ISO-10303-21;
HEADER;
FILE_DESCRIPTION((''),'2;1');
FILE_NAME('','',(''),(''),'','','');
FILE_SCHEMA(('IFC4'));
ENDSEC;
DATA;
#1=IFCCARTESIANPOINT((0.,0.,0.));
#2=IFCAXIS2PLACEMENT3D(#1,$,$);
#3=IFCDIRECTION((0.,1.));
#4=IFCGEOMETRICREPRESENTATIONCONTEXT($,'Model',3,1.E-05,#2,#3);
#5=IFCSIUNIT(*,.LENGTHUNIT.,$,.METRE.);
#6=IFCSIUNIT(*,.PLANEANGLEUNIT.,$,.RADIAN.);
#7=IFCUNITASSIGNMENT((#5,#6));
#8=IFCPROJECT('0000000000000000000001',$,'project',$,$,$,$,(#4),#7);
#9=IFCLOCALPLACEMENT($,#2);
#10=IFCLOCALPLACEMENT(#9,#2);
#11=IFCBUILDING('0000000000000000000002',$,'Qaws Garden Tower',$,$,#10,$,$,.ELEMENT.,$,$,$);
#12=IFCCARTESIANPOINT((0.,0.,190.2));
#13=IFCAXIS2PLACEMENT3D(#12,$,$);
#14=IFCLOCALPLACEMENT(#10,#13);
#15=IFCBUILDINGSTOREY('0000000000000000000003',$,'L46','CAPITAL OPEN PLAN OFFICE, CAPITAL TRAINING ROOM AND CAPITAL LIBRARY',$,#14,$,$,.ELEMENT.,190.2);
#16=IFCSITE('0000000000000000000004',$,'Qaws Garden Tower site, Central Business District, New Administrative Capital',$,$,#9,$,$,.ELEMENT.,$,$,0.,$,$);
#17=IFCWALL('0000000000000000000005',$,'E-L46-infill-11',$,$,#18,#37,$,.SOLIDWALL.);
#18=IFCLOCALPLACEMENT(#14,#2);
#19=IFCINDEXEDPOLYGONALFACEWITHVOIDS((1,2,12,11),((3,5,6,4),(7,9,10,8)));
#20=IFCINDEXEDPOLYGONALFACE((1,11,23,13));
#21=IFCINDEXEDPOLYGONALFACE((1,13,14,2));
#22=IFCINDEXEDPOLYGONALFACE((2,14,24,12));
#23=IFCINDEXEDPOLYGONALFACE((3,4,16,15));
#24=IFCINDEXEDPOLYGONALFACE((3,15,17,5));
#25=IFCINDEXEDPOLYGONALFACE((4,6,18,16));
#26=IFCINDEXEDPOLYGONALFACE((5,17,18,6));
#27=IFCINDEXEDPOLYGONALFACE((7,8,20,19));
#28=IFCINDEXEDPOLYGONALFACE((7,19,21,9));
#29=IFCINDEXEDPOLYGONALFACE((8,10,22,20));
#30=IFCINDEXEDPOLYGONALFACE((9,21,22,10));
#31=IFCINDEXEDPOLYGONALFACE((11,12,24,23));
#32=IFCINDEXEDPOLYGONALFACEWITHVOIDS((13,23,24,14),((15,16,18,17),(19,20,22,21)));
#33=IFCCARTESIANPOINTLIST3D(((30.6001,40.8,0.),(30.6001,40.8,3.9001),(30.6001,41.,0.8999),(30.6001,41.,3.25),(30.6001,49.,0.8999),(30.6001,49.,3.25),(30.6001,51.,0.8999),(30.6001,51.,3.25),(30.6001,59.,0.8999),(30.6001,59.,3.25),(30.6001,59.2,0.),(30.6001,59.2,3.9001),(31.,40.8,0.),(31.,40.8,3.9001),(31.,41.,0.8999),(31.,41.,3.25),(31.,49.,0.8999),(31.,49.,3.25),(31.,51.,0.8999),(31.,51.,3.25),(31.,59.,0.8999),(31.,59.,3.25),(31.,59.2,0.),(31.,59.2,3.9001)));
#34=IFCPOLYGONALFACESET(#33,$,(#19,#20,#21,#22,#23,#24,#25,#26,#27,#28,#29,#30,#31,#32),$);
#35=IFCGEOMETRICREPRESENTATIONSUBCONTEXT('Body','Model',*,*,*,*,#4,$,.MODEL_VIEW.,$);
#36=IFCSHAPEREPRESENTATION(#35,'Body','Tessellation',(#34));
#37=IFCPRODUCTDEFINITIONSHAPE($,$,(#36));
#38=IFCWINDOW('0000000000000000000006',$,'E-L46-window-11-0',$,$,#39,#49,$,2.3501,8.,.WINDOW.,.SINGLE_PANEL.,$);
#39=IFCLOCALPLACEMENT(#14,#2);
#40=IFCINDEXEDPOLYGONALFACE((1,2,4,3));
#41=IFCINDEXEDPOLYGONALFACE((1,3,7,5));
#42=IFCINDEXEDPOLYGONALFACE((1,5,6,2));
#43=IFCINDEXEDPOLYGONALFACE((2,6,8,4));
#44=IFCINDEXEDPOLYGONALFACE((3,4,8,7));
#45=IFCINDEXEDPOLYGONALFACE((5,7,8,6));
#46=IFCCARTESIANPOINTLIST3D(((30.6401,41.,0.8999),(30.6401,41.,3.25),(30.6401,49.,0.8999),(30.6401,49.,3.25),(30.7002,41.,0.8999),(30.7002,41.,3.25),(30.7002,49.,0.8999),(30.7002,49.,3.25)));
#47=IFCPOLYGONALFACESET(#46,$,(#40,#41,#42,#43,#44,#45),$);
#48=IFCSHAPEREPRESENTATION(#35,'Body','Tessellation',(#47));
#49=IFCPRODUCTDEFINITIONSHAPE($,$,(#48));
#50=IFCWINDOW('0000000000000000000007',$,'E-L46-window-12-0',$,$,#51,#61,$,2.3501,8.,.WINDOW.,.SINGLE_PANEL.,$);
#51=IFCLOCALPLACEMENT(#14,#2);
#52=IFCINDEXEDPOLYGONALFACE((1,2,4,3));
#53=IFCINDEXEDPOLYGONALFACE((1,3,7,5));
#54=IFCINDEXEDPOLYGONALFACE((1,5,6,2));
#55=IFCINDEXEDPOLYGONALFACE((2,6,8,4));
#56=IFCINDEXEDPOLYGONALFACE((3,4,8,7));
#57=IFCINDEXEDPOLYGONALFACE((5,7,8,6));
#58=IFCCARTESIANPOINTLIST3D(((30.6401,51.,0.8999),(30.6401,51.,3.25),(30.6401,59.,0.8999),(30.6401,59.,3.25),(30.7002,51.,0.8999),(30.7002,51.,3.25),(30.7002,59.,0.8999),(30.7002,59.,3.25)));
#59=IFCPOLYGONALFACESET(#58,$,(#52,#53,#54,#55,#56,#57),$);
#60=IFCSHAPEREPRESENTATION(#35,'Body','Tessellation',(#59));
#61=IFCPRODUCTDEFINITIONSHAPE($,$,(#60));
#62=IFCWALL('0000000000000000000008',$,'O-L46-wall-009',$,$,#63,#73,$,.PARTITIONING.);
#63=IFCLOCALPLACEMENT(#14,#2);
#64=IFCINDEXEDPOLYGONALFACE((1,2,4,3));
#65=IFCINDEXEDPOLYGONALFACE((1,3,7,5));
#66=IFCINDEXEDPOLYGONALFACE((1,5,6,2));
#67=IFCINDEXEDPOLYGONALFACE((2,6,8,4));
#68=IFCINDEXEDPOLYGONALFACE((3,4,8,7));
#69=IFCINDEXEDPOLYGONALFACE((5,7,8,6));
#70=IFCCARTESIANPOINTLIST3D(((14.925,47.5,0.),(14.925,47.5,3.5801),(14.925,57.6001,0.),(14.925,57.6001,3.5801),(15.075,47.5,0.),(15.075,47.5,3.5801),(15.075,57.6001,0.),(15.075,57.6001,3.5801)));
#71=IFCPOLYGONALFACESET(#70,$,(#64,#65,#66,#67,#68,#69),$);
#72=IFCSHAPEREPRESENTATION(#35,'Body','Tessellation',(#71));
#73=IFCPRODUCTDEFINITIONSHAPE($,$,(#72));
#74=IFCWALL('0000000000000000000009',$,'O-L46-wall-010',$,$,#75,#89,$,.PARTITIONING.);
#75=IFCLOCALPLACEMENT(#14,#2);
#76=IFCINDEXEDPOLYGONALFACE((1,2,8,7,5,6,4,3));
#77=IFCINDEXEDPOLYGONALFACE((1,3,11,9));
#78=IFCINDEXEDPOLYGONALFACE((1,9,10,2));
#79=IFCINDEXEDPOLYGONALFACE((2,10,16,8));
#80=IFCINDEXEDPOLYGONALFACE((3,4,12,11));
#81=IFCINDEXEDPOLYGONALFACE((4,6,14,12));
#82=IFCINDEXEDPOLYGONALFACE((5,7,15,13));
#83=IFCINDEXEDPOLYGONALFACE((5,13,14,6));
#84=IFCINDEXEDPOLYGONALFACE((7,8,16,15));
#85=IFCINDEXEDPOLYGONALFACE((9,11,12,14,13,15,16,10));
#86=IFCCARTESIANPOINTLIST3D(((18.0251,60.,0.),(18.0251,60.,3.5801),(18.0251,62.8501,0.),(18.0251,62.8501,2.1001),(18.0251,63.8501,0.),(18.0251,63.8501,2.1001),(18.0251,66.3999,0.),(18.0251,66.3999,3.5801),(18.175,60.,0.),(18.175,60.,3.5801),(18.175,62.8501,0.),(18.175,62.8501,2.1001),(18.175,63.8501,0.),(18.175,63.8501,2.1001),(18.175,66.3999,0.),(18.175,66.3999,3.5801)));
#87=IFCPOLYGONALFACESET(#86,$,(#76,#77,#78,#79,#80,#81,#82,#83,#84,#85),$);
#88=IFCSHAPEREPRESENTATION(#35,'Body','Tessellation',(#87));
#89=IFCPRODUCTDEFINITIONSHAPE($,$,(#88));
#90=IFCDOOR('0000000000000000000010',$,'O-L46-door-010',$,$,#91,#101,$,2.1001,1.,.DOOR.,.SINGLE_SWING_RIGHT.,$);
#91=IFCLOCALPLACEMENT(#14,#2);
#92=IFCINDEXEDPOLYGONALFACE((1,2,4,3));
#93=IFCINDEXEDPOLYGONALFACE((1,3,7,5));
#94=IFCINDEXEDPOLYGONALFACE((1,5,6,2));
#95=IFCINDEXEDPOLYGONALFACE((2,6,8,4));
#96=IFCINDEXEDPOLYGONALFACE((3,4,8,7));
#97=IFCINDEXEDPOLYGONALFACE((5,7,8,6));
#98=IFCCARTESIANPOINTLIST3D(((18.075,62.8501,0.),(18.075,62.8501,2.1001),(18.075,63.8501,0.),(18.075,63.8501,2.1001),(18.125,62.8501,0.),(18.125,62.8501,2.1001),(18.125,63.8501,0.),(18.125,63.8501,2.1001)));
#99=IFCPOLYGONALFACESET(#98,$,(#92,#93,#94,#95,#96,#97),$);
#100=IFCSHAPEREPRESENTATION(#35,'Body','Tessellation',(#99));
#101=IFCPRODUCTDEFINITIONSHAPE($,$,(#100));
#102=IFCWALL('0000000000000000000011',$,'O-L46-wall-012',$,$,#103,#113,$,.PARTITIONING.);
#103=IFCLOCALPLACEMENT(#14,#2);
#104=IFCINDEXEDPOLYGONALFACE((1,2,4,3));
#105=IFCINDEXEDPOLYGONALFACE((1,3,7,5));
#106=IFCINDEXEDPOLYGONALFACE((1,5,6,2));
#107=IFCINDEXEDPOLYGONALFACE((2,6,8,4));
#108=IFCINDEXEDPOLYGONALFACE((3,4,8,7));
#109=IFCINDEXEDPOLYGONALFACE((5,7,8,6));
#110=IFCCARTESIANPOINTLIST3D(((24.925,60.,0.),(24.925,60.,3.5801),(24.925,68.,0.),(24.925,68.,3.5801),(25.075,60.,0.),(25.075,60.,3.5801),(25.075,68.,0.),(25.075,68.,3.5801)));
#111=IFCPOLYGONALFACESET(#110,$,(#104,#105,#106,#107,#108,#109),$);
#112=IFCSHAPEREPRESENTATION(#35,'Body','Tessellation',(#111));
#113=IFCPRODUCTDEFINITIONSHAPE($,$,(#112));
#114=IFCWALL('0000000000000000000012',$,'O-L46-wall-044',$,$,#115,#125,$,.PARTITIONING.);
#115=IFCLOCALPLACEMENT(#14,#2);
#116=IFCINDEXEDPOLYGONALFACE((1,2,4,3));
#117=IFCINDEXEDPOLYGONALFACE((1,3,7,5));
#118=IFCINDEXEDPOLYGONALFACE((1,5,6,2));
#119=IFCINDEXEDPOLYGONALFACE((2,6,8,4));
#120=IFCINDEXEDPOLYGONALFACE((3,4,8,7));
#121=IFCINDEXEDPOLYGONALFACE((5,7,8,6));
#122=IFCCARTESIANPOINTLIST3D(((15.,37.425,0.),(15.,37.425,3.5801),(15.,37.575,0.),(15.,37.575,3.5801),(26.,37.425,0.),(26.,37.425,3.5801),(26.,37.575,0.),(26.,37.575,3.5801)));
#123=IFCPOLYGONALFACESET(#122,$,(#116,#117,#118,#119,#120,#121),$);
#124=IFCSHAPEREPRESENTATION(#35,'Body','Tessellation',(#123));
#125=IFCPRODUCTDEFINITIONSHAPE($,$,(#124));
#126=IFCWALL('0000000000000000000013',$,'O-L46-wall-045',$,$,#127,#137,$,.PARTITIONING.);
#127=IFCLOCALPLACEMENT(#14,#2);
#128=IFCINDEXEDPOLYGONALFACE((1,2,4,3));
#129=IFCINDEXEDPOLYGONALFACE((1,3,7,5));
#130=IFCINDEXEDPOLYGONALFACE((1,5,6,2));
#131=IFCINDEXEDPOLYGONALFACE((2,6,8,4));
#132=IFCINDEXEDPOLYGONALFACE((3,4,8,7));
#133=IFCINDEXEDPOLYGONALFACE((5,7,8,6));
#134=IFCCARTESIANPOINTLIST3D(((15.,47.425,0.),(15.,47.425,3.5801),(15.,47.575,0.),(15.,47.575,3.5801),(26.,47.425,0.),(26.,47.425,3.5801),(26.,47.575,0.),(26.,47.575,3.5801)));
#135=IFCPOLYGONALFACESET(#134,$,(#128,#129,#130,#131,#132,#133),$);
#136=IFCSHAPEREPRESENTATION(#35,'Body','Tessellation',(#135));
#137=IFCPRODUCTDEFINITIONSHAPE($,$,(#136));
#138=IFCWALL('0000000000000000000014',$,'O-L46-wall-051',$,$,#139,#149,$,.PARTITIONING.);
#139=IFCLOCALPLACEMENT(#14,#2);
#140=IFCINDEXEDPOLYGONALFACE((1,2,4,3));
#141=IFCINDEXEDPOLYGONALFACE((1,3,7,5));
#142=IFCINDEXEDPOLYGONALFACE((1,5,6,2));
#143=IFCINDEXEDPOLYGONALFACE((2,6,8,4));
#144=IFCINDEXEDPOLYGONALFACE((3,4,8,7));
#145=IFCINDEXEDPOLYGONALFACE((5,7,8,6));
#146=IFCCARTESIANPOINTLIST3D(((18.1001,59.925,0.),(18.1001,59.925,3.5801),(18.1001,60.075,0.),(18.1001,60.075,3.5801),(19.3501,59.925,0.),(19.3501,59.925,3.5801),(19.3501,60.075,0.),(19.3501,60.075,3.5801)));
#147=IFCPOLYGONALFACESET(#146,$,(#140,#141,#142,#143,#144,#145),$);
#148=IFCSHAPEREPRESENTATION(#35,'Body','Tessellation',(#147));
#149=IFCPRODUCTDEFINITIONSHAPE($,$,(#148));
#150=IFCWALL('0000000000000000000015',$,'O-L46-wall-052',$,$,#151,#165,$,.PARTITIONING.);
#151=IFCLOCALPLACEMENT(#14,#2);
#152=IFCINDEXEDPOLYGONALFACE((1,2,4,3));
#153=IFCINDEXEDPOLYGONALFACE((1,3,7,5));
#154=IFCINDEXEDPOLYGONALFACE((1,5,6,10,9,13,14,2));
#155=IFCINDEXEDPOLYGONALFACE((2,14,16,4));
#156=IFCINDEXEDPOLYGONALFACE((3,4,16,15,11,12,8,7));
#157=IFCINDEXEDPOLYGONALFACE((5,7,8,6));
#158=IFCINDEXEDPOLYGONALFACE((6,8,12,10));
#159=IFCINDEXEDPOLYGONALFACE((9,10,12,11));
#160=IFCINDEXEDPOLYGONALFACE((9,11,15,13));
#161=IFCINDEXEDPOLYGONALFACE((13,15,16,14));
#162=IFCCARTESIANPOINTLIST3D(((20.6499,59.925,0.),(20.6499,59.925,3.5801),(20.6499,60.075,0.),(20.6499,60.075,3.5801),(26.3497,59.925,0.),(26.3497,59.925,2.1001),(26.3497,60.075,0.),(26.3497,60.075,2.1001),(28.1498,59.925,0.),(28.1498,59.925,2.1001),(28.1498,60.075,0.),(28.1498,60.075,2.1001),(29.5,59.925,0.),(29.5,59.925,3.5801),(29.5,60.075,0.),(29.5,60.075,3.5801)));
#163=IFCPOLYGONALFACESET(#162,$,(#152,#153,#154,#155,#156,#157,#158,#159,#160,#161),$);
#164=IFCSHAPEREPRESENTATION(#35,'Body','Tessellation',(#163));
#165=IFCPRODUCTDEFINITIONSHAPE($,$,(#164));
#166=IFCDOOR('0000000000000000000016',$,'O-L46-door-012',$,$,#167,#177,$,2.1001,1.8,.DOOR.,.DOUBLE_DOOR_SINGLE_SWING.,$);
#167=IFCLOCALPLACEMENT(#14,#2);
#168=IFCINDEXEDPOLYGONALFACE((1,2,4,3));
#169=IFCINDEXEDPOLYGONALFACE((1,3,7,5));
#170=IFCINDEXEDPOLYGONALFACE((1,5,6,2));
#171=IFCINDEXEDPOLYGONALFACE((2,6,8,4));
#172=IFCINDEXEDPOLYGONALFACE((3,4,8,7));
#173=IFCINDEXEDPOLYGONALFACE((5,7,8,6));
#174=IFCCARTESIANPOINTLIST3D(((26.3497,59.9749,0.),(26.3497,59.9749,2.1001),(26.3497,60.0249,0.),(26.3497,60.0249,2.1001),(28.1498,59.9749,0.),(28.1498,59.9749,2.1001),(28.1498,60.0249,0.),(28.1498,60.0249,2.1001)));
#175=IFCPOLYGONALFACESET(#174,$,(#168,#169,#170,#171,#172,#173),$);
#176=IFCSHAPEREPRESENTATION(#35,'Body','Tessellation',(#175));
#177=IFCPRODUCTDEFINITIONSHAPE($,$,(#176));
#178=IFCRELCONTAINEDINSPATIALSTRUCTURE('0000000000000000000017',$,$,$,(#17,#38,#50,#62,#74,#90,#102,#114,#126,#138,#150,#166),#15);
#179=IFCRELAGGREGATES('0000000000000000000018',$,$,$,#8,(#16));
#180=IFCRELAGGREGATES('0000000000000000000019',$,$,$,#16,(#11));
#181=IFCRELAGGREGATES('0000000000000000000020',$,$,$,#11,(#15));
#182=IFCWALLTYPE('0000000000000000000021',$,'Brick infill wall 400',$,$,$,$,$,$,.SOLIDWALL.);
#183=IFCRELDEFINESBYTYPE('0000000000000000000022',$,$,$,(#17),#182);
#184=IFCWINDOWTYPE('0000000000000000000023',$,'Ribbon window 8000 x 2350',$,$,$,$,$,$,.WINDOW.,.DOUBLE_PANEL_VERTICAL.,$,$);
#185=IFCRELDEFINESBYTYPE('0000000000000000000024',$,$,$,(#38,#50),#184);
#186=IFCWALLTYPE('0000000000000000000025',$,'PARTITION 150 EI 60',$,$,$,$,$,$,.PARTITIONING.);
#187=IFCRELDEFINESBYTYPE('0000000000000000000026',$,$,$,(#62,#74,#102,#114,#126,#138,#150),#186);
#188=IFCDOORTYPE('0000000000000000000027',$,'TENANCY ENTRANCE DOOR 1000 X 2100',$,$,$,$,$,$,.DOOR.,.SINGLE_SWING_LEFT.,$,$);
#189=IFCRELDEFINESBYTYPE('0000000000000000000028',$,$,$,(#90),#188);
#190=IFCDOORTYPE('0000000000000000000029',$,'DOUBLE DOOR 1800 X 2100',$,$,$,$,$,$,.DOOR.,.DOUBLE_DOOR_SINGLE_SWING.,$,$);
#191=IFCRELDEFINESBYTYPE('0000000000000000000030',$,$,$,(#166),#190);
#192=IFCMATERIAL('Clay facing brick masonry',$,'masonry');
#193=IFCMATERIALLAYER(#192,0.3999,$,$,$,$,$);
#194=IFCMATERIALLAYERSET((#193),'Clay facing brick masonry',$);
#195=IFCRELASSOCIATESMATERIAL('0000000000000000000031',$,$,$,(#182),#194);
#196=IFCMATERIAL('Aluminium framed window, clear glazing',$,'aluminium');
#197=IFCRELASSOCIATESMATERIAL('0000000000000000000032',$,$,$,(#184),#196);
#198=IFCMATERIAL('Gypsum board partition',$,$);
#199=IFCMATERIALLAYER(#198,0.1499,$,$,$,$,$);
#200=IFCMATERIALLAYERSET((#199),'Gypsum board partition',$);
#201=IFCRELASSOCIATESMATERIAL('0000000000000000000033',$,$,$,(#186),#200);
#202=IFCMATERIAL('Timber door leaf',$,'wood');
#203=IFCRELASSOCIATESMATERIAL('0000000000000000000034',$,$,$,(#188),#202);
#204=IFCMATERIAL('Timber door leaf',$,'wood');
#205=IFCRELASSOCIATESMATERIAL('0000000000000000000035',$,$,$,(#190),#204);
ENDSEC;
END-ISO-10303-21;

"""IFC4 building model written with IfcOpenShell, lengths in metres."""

from ifc_helpers import new_model, si_unit, direction, frame, frame_2d, origin, place, context, subcontext, project, spatial, rectangle, extrude, material, layer, layer_set, type_object, element, fill, save


model = new_model("IFC4")

# Units and contexts
model_context = context("Model", 3, precision=1e-05, world=origin(), true_north=direction((0.0, 1.0)))
body_context = subcontext(model_context, "Body", "Model", "MODEL_VIEW")
ifc_project = project(units=[si_unit("LENGTHUNIT", "METRE"), si_unit("PLANEANGLEUNIT", "RADIAN")], contexts=[model_context])

# Site, building, storey
site_placement = place(None, origin())
site = spatial("IfcSite", under=ifc_project, at=site_placement, Name="Qaws Garden Tower site, Central Business District, New Administrative Capital", CompositionType="ELEMENT", RefElevation=0.0)
building_placement = place(site_placement, origin())
building = spatial("IfcBuilding", under=site, at=building_placement, Name="Qaws Garden Tower", CompositionType="ELEMENT")
storey_placement = place(building_placement, frame((0.0, 0.0, 190.2)))
storey = spatial("IfcBuildingStorey", under=building, at=storey_placement, Name="L46", Description="CAPITAL OPEN PLAN OFFICE, CAPITAL TRAINING ROOM AND CAPITAL LIBRARY", CompositionType="ELEMENT", Elevation=190.2)

# Shared definitions
ifc_material_1 = material(Name="Clay facing brick masonry", Category="masonry")
ifc_layer_1 = layer(ifc_material_1, 0.3999)
ifc_layer_set_1 = layer_set([ifc_layer_1], Name="Clay facing brick masonry")
wall_type_1 = type_object("IfcWallType", Name="Brick infill wall 400", PredefinedType="SOLIDWALL", material=ifc_layer_set_1)

# Wall, openings, windows
wall_1_placement = place(storey_placement, frame((30.8, 40.8, 0.0), z_axis=(0.0, 0.0, 1.0), x_axis=(0.0, 1.0, 0.0)))
wall_1 = element("IfcWall", 1, at=wall_1_placement, inside=storey, type_object=wall_type_1, Name="E-L46-infill-11", PredefinedType="SOLIDWALL", context=body_context, shape_type="SweptSolid", body=[
    extrude(rectangle(XDim=18.3999, YDim=0.3999, at=frame_2d((9.2, 0.0))), origin(), (0.0, 0.0, 1.0), 3.9001),
])
opening_1_placement = place(wall_1_placement, frame((0.2, 0.0, 0.8999)))
opening_1 = element("IfcOpeningElement", 2, at=opening_1_placement, cuts=wall_1, PredefinedType="OPENING", context=body_context, shape_type="SweptSolid", body=[
    extrude(rectangle(XDim=8.0, YDim=2.3501, at=frame_2d((4.0, 1.175))), frame((0.0, 0.21, 0.0), z_axis=(0.0, -1.0, 0.0), x_axis=(1.0, 0.0, 0.0)), (0.0, 0.0, 1.0), 0.4199),
])
opening_2_placement = place(wall_1_placement, frame((10.2, 0.0, 0.8999)))
opening_2 = element("IfcOpeningElement", 3, at=opening_2_placement, cuts=wall_1, PredefinedType="OPENING", context=body_context, shape_type="SweptSolid", body=[
    extrude(rectangle(XDim=8.0, YDim=2.3501, at=frame_2d((4.0, 1.175))), frame((0.0, 0.21, 0.0), z_axis=(0.0, -1.0, 0.0), x_axis=(1.0, 0.0, 0.0)), (0.0, 0.0, 1.0), 0.4199),
])
ifc_material_2 = material(Name="Aluminium framed window, clear glazing", Category="aluminium")
window_type_1 = type_object("IfcWindowType", Name="Ribbon window 8000 x 2350", PartitioningType="DOUBLE_PANEL_VERTICAL", PredefinedType="WINDOW", material=ifc_material_2)
window_1_placement = place(opening_1_placement, origin())
window_1 = element("IfcWindow", 4, at=window_1_placement, inside=storey, type_object=window_type_1, Name="E-L46-window-11-0", OverallHeight=2.3501, OverallWidth=8.0, PartitioningType="SINGLE_PANEL", PredefinedType="WINDOW", context=body_context, shape_type="SweptSolid", body=[
    extrude(rectangle(XDim=8.0, YDim=2.3501, at=frame_2d((4.0, 1.175))), frame((0.0, 0.1599, 0.0), z_axis=(0.0, -1.0, 0.0), x_axis=(1.0, 0.0, 0.0)), (0.0, 0.0, 1.0), 0.0601),
])
fill(opening_1, window_1)
window_2_placement = place(opening_2_placement, origin())
window_2 = element("IfcWindow", 5, at=window_2_placement, inside=storey, type_object=window_type_1, Name="E-L46-window-12-0", OverallHeight=2.3501, OverallWidth=8.0, PartitioningType="SINGLE_PANEL", PredefinedType="WINDOW", context=body_context, shape_type="SweptSolid", body=[
    extrude(rectangle(XDim=8.0, YDim=2.3501, at=frame_2d((4.0, 1.175))), frame((0.0, 0.1599, 0.0), z_axis=(0.0, -1.0, 0.0), x_axis=(1.0, 0.0, 0.0)), (0.0, 0.0, 1.0), 0.0601),
])
fill(opening_2, window_2)

# Wall
ifc_material_3 = material(Name="Gypsum board partition")
ifc_layer_2 = layer(ifc_material_3, 0.1499)
ifc_layer_set_2 = layer_set([ifc_layer_2], Name="Gypsum board partition")
wall_type_2 = type_object("IfcWallType", Name="PARTITION 150 EI 60", PredefinedType="PARTITIONING", material=ifc_layer_set_2)
wall_2_placement = place(storey_placement, frame((15.0, 47.5, 0.0), z_axis=(0.0, 0.0, 1.0), x_axis=(0.0, 1.0, 0.0)))
element("IfcWall", 6, at=wall_2_placement, inside=storey, type_object=wall_type_2, Name="O-L46-wall-009", PredefinedType="PARTITIONING", context=body_context, shape_type="SweptSolid", body=[
    extrude(rectangle(XDim=10.1001, YDim=0.1499, at=frame_2d((5.05, 0.0))), origin(), (0.0, 0.0, 1.0), 3.5801),
])

# Wall, opening, door
wall_3_placement = place(storey_placement, frame((18.1001, 60.0, 0.0), z_axis=(0.0, 0.0, 1.0), x_axis=(0.0, 1.0, 0.0)))
wall_3 = element("IfcWall", 7, at=wall_3_placement, inside=storey, type_object=wall_type_2, Name="O-L46-wall-010", PredefinedType="PARTITIONING", context=body_context, shape_type="SweptSolid", body=[
    extrude(rectangle(XDim=6.3999, YDim=0.1499, at=frame_2d((3.2, 0.0))), origin(), (0.0, 0.0, 1.0), 3.5801),
])
opening_3_placement = place(wall_3_placement, frame((2.8501, 0.0, 0.0)))
opening_3 = element("IfcOpeningElement", 8, at=opening_3_placement, cuts=wall_3, PredefinedType="OPENING", context=body_context, shape_type="SweptSolid", body=[
    extrude(rectangle(XDim=1.0, YDim=2.1001, at=frame_2d((0.5, 1.05))), frame((0.0, 0.085, 0.0), z_axis=(0.0, -1.0, 0.0), x_axis=(1.0, 0.0, 0.0)), (0.0, 0.0, 1.0), 0.1699),
])
ifc_material_4 = material(Name="Timber door leaf", Category="wood")
door_type_1 = type_object("IfcDoorType", Name="TENANCY ENTRANCE DOOR 1000 X 2100", OperationType="SINGLE_SWING_LEFT", PredefinedType="DOOR", material=ifc_material_4)
door_1_placement = place(opening_3_placement, frame((1.0, 0.0, 0.0), z_axis=(0.0, 0.0, 1.0), x_axis=(-1.0, 0.0, 0.0)))
door_1 = element("IfcDoor", 9, at=door_1_placement, inside=storey, type_object=door_type_1, Name="O-L46-door-010", OperationType="SINGLE_SWING_RIGHT", OverallHeight=2.1001, OverallWidth=1.0, PredefinedType="DOOR", context=body_context, shape_type="SweptSolid", body=[
    extrude(rectangle(XDim=1.0, YDim=2.1001, at=frame_2d((0.5, 1.05))), frame((0.0, 0.0249, 0.0), z_axis=(0.0, -1.0, 0.0), x_axis=(1.0, 0.0, 0.0)), (0.0, 0.0, 1.0), 0.05),
])
fill(opening_3, door_1)

# Walls
wall_4_placement = place(storey_placement, frame((25.0, 60.0, 0.0), z_axis=(0.0, 0.0, 1.0), x_axis=(0.0, 1.0, 0.0)))
element("IfcWall", 10, at=wall_4_placement, inside=storey, type_object=wall_type_2, Name="O-L46-wall-012", PredefinedType="PARTITIONING", context=body_context, shape_type="SweptSolid", body=[
    extrude(rectangle(XDim=8.0, YDim=0.1499, at=frame_2d((4.0, 0.0))), origin(), (0.0, 0.0, 1.0), 3.5801),
])
for number, where, z_axis, x_axis, name in (
    (11, (15.0, 37.5, 0.0), (0.0, 0.0, 1.0), (1.0, 0.0, 0.0), "O-L46-wall-044"),
    (12, (15.0, 47.5, 0.0), (0.0, 0.0, 1.0), (1.0, 0.0, 0.0), "O-L46-wall-045"),
):
    element("IfcWall", number, at=place(storey_placement, frame(where, z_axis=z_axis, x_axis=x_axis)), inside=storey, type_object=wall_type_2, Name=name, PredefinedType="PARTITIONING", context=body_context, shape_type="SweptSolid", body=[
        extrude(rectangle(XDim=11.0, YDim=0.1499, at=frame_2d((5.5, 0.0))), origin(), (0.0, 0.0, 1.0), 3.5801),
    ])
wall_5_placement = place(storey_placement, frame((18.1001, 60.0, 0.0), z_axis=(0.0, 0.0, 1.0), x_axis=(1.0, 0.0, 0.0)))
element("IfcWall", 13, at=wall_5_placement, inside=storey, type_object=wall_type_2, Name="O-L46-wall-051", PredefinedType="PARTITIONING", context=body_context, shape_type="SweptSolid", body=[
    extrude(rectangle(XDim=1.25, YDim=0.1499, at=frame_2d((0.625, 0.0))), origin(), (0.0, 0.0, 1.0), 3.5801),
])

# Wall, opening, door
wall_6_placement = place(storey_placement, frame((20.6499, 60.0, 0.0), z_axis=(0.0, 0.0, 1.0), x_axis=(1.0, 0.0, 0.0)))
wall_6 = element("IfcWall", 14, at=wall_6_placement, inside=storey, type_object=wall_type_2, Name="O-L46-wall-052", PredefinedType="PARTITIONING", context=body_context, shape_type="SweptSolid", body=[
    extrude(rectangle(XDim=8.8501, YDim=0.1499, at=frame_2d((4.425, 0.0))), origin(), (0.0, 0.0, 1.0), 3.5801),
])
opening_4_placement = place(wall_6_placement, frame((5.7, 0.0, 0.0)))
opening_4 = element("IfcOpeningElement", 15, at=opening_4_placement, cuts=wall_6, PredefinedType="OPENING", context=body_context, shape_type="SweptSolid", body=[
    extrude(rectangle(XDim=1.8, YDim=2.1001, at=frame_2d((0.8999, 1.05))), frame((0.0, 0.085, 0.0), z_axis=(0.0, -1.0, 0.0), x_axis=(1.0, 0.0, 0.0)), (0.0, 0.0, 1.0), 0.1699),
])
ifc_material_5 = material(Name="Timber door leaf", Category="wood")
door_type_2 = type_object("IfcDoorType", Name="DOUBLE DOOR 1800 X 2100", OperationType="DOUBLE_DOOR_SINGLE_SWING", PredefinedType="DOOR", material=ifc_material_5)
door_2_placement = place(opening_4_placement, origin())
door_2 = element("IfcDoor", 16, at=door_2_placement, inside=storey, type_object=door_type_2, Name="O-L46-door-012", OperationType="DOUBLE_DOOR_SINGLE_SWING", OverallHeight=2.1001, OverallWidth=1.8, PredefinedType="DOOR", context=body_context, shape_type="SweptSolid", body=[
    extrude(rectangle(XDim=1.8, YDim=2.1001, at=frame_2d((0.8999, 1.05))), frame((0.0, 0.0249, 0.0), z_axis=(0.0, -1.0, 0.0), x_axis=(1.0, 0.0, 0.0)), (0.0, 0.0, 1.0), 0.05),
])
fill(opening_4, door_2)

save(model, "model.ifc")
